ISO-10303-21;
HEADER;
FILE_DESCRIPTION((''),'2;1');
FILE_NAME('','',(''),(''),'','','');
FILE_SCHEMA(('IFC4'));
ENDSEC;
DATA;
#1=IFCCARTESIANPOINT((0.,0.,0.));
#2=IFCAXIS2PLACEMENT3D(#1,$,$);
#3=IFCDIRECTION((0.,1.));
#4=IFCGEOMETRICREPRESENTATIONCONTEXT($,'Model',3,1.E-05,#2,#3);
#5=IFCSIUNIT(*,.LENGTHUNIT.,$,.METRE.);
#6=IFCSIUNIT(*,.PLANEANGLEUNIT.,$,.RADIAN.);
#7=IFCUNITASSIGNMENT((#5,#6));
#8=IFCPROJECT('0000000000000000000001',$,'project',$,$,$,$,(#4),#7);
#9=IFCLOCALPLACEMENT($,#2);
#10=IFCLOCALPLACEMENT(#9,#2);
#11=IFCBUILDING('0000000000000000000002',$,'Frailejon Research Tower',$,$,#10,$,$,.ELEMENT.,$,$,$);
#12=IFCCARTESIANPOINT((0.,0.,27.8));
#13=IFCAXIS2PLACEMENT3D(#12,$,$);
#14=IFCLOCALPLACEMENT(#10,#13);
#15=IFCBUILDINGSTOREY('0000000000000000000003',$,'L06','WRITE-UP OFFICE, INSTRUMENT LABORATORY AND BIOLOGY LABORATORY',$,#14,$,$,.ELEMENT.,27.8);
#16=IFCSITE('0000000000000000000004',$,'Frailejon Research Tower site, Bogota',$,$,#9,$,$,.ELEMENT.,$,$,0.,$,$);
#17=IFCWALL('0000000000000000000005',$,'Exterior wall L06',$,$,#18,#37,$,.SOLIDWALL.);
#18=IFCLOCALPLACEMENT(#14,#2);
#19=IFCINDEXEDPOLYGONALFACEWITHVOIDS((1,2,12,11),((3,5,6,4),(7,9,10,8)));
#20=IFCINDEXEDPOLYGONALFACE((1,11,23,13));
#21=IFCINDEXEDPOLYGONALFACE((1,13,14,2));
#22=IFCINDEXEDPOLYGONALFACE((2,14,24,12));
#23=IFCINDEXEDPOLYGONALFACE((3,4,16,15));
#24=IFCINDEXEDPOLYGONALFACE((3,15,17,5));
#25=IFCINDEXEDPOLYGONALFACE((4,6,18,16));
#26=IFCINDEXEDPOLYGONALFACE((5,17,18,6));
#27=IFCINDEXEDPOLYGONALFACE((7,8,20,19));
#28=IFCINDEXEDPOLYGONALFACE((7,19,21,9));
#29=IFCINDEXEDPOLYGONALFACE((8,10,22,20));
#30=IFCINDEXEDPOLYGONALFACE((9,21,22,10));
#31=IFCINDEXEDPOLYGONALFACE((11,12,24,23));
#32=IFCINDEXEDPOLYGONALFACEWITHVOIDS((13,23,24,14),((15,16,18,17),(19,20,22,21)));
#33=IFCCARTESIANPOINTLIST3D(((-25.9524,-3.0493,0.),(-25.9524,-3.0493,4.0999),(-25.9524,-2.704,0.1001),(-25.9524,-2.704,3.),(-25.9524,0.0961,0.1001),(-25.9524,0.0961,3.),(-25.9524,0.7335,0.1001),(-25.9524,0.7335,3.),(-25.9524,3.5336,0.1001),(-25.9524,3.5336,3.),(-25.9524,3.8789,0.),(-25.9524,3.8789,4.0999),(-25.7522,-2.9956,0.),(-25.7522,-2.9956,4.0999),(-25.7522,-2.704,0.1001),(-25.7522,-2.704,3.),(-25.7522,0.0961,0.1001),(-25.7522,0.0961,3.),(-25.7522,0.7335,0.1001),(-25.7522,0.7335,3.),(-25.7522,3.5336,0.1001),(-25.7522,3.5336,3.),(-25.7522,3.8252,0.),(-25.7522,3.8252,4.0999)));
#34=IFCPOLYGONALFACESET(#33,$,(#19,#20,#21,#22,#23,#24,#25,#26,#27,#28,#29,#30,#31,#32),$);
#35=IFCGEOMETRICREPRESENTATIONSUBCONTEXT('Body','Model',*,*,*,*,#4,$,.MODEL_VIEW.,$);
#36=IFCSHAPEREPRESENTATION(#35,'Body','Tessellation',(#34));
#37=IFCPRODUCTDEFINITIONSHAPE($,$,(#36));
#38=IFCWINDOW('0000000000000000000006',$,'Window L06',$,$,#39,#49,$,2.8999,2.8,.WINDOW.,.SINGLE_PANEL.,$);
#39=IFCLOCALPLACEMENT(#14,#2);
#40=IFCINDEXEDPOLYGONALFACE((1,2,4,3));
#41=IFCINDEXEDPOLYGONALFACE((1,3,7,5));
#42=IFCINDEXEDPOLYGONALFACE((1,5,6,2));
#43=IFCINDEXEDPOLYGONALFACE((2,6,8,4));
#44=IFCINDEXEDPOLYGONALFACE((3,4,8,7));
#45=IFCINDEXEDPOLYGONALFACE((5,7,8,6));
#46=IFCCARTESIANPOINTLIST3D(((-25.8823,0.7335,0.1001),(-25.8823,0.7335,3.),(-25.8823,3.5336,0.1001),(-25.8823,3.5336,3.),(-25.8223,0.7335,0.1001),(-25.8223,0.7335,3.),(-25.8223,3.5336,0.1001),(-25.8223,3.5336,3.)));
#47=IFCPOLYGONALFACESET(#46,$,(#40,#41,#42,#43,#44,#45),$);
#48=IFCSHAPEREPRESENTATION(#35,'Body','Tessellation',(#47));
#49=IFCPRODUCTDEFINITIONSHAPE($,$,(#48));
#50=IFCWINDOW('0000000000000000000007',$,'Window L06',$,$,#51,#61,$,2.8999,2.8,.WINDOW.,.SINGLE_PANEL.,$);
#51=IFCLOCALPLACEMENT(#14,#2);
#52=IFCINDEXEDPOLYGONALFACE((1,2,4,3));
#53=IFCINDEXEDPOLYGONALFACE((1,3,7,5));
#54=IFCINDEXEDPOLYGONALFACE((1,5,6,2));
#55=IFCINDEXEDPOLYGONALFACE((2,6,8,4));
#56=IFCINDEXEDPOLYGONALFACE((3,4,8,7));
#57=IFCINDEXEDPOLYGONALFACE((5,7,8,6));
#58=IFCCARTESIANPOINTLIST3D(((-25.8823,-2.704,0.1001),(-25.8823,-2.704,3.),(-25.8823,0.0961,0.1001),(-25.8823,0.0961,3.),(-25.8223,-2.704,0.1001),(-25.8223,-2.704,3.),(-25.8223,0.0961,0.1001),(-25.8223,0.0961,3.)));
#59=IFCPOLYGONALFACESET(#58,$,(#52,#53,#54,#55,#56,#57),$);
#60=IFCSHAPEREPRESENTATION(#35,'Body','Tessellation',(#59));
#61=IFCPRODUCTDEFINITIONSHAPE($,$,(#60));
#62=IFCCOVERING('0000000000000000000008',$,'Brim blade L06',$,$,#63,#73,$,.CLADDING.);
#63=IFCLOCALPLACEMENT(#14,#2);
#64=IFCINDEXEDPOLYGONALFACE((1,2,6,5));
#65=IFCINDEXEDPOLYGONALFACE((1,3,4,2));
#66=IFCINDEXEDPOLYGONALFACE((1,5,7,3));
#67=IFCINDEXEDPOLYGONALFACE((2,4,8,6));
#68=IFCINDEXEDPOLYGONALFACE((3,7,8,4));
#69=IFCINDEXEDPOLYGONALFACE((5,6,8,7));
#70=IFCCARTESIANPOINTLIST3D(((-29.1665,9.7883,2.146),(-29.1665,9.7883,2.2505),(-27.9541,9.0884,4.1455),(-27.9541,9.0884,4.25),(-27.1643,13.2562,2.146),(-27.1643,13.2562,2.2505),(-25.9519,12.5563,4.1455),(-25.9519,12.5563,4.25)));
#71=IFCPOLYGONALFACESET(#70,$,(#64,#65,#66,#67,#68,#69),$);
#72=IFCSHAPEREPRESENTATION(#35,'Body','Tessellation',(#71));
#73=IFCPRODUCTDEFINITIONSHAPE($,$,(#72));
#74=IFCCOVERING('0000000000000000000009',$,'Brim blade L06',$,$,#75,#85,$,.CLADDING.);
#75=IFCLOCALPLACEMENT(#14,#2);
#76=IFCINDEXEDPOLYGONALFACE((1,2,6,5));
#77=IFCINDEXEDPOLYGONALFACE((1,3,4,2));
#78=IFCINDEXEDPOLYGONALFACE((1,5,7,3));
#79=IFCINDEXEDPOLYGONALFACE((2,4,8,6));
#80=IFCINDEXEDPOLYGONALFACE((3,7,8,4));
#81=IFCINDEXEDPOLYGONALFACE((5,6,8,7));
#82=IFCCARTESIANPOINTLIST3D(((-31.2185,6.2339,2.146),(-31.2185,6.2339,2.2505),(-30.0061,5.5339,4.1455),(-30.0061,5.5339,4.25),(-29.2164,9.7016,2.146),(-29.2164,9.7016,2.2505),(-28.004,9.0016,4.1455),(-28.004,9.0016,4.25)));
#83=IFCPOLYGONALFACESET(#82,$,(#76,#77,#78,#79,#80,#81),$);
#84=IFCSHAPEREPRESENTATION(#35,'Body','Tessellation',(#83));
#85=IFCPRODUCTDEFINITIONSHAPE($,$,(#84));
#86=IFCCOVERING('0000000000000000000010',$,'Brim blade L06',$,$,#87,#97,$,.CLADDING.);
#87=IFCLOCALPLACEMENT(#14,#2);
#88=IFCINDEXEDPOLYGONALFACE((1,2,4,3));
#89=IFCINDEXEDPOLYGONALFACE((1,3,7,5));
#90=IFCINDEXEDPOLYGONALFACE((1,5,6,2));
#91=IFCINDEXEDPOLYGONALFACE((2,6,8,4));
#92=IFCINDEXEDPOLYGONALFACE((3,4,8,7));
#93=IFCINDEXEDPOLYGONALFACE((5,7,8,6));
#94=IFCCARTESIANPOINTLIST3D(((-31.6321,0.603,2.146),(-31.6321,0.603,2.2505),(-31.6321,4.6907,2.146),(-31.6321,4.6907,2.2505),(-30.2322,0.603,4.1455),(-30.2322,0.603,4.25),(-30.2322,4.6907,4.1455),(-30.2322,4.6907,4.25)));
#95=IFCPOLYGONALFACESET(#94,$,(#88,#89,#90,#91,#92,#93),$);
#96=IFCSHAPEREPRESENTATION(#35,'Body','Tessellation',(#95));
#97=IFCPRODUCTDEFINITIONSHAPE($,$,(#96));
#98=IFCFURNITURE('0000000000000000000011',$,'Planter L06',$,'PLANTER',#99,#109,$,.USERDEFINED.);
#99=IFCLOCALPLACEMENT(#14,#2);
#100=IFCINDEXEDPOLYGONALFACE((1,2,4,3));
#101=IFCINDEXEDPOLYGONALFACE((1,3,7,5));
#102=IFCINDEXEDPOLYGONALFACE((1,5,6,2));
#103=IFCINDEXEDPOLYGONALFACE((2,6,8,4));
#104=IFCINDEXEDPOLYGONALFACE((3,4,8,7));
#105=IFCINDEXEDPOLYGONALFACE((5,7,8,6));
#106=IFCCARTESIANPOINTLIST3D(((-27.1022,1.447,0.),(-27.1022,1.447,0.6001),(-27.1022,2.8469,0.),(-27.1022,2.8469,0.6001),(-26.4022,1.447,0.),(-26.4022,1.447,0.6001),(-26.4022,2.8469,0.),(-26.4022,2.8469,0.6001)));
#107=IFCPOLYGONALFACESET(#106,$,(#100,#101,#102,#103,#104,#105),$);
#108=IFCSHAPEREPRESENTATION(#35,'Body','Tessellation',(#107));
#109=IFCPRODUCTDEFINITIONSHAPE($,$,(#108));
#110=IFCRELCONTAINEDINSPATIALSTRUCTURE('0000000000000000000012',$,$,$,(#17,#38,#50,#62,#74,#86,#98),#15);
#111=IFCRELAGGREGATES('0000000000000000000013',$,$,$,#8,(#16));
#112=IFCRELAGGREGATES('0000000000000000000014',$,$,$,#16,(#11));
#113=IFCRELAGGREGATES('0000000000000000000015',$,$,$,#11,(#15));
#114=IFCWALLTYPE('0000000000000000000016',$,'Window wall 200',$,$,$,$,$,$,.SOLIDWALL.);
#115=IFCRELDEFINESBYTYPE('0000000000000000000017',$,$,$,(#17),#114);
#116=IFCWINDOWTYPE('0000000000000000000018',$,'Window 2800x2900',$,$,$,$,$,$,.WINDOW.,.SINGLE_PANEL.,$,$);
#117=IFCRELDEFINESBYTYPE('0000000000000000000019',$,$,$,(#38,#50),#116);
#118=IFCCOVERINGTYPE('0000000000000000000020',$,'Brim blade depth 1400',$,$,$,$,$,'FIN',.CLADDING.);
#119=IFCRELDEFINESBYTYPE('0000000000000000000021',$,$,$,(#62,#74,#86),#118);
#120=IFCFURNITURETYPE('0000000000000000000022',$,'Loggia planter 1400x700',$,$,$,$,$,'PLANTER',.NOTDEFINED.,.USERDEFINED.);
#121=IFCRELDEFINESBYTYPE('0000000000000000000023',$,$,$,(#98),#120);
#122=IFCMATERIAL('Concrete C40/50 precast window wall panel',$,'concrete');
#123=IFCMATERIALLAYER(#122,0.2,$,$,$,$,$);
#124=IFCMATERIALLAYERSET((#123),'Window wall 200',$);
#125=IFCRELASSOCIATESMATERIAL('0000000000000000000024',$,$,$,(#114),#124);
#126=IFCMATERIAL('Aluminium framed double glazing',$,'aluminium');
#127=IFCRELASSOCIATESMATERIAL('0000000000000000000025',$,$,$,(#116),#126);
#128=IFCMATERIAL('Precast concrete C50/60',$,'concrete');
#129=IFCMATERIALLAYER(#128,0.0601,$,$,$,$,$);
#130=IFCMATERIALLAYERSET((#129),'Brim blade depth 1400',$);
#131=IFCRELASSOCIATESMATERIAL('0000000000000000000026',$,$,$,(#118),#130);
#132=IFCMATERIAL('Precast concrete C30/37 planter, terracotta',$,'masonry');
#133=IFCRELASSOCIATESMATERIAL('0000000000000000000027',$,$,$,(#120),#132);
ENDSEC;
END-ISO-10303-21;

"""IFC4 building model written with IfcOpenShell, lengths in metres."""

from ifc_helpers import new_model, si_unit, direction, frame, frame_2d, origin, origin_2d, place, context, subcontext, project, spatial, polyline, rectangle, outline, extrude, material, layer, layer_set, type_object, element, fill, save


model = new_model("IFC4")

# Units and contexts
model_context = context("Model", 3, precision=1e-05, world=origin(), true_north=direction((0.0, 1.0)))
body_context = subcontext(model_context, "Body", "Model", "MODEL_VIEW")
ifc_project = project(units=[si_unit("LENGTHUNIT", "METRE"), si_unit("PLANEANGLEUNIT", "RADIAN")], contexts=[model_context])

# Site, building, storey
site_placement = place(None, origin())
site = spatial("IfcSite", under=ifc_project, at=site_placement, Name="Frailejon Research Tower site, Bogota", CompositionType="ELEMENT", RefElevation=0.0)
building_placement = place(site_placement, origin())
building = spatial("IfcBuilding", under=site, at=building_placement, Name="Frailejon Research Tower", CompositionType="ELEMENT")
storey_placement = place(building_placement, frame((0.0, 0.0, 27.8)))
storey = spatial("IfcBuildingStorey", under=building, at=storey_placement, Name="L06", Description="WRITE-UP OFFICE, INSTRUMENT LABORATORY AND BIOLOGY LABORATORY", CompositionType="ELEMENT", Elevation=27.8)

# Wall, openings, windows
ifc_material_1 = material(Name="Concrete C40/50 precast window wall panel", Category="concrete")
ifc_layer_1 = layer(ifc_material_1, 0.2)
ifc_layer_set_1 = layer_set([ifc_layer_1], Name="Window wall 200")
wall_type_1 = type_object("IfcWallType", Name="Window wall 200", PredefinedType="SOLIDWALL", material=ifc_layer_set_1)
wall_1_placement = place(storey_placement, frame((-25.8523, 3.8521, 0.0), z_axis=(0.0, 0.0, 1.0), x_axis=(0.0, -1.0, 0.0)))
wall_1 = element("IfcWall", 1, at=wall_1_placement, inside=storey, type_object=wall_type_1, Name="Exterior wall L06", PredefinedType="SOLIDWALL", context=body_context, shape_type="SweptSolid", body=[
    extrude(outline(polyline([(-0.0269, -0.1001), (1.1279, -0.1001), (2.2825, -0.1001), (3.4373, -0.1001), (4.592, -0.1001), (5.7466, -0.1001), (6.9014, -0.1001), (6.8477, 0.1001), (5.7109, 0.1001), (4.574, 0.1001), (3.4373, 0.1001), (2.3005, 0.1001), (1.1636, 0.1001), (0.0269, 0.1001), (-0.0269, -0.1001)])), origin(), (0.0, 0.0, 1.0), 4.0999),
])
opening_1_placement = place(wall_1_placement, frame((0.3186, 0.0, 0.1001)))
opening_1 = element("IfcOpeningElement", 2, at=opening_1_placement, cuts=wall_1, PredefinedType="OPENING", context=body_context, shape_type="SweptSolid", body=[
    extrude(rectangle(XDim=2.8, YDim=2.8999, at=frame_2d((1.3999, 1.45))), frame((0.0, 0.1099, 0.0), z_axis=(0.0, -1.0, 0.0), x_axis=(1.0, 0.0, 0.0)), (0.0, 0.0, 1.0), 0.22),
])
opening_2_placement = place(wall_1_placement, frame((3.7561, 0.0, 0.1001)))
opening_2 = element("IfcOpeningElement", 3, at=opening_2_placement, cuts=wall_1, PredefinedType="OPENING", context=body_context, shape_type="SweptSolid", body=[
    extrude(rectangle(XDim=2.8, YDim=2.8999, at=frame_2d((1.3999, 1.45))), frame((0.0, 0.1099, 0.0), z_axis=(0.0, -1.0, 0.0), x_axis=(1.0, 0.0, 0.0)), (0.0, 0.0, 1.0), 0.22),
])
ifc_material_2 = material(Name="Aluminium framed double glazing", Category="aluminium")
window_type = type_object("IfcWindowType", Name="Window 2800x2900", PartitioningType="SINGLE_PANEL", PredefinedType="WINDOW", material=ifc_material_2)
window_1_placement = place(opening_1_placement, origin())
window_1 = element("IfcWindow", 4, at=window_1_placement, inside=storey, type_object=window_type, Name="Window L06", OverallHeight=2.8999, OverallWidth=2.8, PartitioningType="SINGLE_PANEL", PredefinedType="WINDOW", context=body_context, shape_type="SweptSolid", body=[
    extrude(rectangle(XDim=2.8, YDim=2.8999, at=frame_2d((1.3999, 1.45))), frame((0.0, 0.03, 0.0), z_axis=(0.0, -1.0, 0.0), x_axis=(1.0, 0.0, 0.0)), (0.0, 0.0, 1.0), 0.0601),
])
fill(opening_1, window_1)
window_2_placement = place(opening_2_placement, origin())
window_2 = element("IfcWindow", 5, at=window_2_placement, inside=storey, type_object=window_type, Name="Window L06", OverallHeight=2.8999, OverallWidth=2.8, PartitioningType="SINGLE_PANEL", PredefinedType="WINDOW", context=body_context, shape_type="SweptSolid", body=[
    extrude(rectangle(XDim=2.8, YDim=2.8999, at=frame_2d((1.3999, 1.45))), frame((0.0, 0.03, 0.0), z_axis=(0.0, -1.0, 0.0), x_axis=(1.0, 0.0, 0.0)), (0.0, 0.0, 1.0), 0.0601),
])
fill(opening_2, window_2)

# Coverings
ifc_material_3 = material(Name="Precast concrete C50/60", Category="concrete")
ifc_layer_2 = layer(ifc_material_3, 0.0601)
ifc_layer_set_2 = layer_set([ifc_layer_2], Name="Brim blade depth 1400")
covering_type = type_object("IfcCoveringType", Name="Brim blade depth 1400", ElementType="FIN", PredefinedType="CLADDING", material=ifc_layer_set_2)
covering_1_placement = place(storey_placement, frame((-27.9541, 9.0884, 4.25), z_axis=(0.499994, 0.866029, 0.0), x_axis=(-0.866029, 0.499994, 0.0)))
element("IfcCovering", 6, at=covering_1_placement, inside=storey, type_object=covering_type, Name="Brim blade L06", PredefinedType="CLADDING", context=body_context, shape_type="SweptSolid", body=[
    extrude(outline(polyline([(0.0, -0.1045), (1.3999, -2.104), (1.3999, -1.9995), (0.0, 0.0), (0.0, -0.1045)])), origin(), (0.0, 0.0, 1.0), 4.0044),
])
covering_2_placement = place(storey_placement, frame((-30.0061, 5.5339, 4.25), z_axis=(0.500004, 0.866023, 0.0), x_axis=(-0.866023, 0.500004, 0.0)))
element("IfcCovering", 7, at=covering_2_placement, inside=storey, type_object=covering_type, Name="Brim blade L06", PredefinedType="CLADDING", context=body_context, shape_type="SweptSolid", body=[
    extrude(outline(polyline([(0.0, -0.1045), (1.3999, -2.104), (1.3999, -1.9995), (0.0, 0.0), (0.0, -0.1045)])), origin(), (0.0, 0.0, 1.0), 4.0042),
])
covering_3_placement = place(storey_placement, frame((-30.2322, 0.603, 4.25), z_axis=(0.0, 1.0, 0.0), x_axis=(-1.0, 0.0, 0.0)))
element("IfcCovering", 8, at=covering_3_placement, inside=storey, type_object=covering_type, Name="Brim blade L06", PredefinedType="CLADDING", context=body_context, shape_type="SweptSolid", body=[
    extrude(outline(polyline([(0.0, -0.1045), (1.3999, -2.104), (1.3999, -1.9995), (0.0, 0.0), (0.0, -0.1045)])), origin(), (0.0, 0.0, 1.0), 4.0876),
])

# Furniture
ifc_material_4 = material(Name="Precast concrete C30/37 planter, terracotta", Category="masonry")
furniture_type = type_object("IfcFurnitureType", Name="Loggia planter 1400x700", ElementType="PLANTER", AssemblyPlace="NOTDEFINED", PredefinedType="USERDEFINED", material=ifc_material_4)
furniture_placement = place(storey_placement, frame((-26.7522, 2.147, 0.0), z_axis=(0.0, 0.0, 1.0), x_axis=(0.0, -1.0, 0.0)))
element("IfcFurniture", 9, at=furniture_placement, inside=storey, type_object=furniture_type, Name="Planter L06", ObjectType="PLANTER", PredefinedType="USERDEFINED", context=body_context, shape_type="SweptSolid", body=[
    extrude(rectangle(XDim=1.3999, YDim=0.7, at=origin_2d()), origin(), (0.0, 0.0, 1.0), 0.6001),
])

save(model, "model.ifc")
